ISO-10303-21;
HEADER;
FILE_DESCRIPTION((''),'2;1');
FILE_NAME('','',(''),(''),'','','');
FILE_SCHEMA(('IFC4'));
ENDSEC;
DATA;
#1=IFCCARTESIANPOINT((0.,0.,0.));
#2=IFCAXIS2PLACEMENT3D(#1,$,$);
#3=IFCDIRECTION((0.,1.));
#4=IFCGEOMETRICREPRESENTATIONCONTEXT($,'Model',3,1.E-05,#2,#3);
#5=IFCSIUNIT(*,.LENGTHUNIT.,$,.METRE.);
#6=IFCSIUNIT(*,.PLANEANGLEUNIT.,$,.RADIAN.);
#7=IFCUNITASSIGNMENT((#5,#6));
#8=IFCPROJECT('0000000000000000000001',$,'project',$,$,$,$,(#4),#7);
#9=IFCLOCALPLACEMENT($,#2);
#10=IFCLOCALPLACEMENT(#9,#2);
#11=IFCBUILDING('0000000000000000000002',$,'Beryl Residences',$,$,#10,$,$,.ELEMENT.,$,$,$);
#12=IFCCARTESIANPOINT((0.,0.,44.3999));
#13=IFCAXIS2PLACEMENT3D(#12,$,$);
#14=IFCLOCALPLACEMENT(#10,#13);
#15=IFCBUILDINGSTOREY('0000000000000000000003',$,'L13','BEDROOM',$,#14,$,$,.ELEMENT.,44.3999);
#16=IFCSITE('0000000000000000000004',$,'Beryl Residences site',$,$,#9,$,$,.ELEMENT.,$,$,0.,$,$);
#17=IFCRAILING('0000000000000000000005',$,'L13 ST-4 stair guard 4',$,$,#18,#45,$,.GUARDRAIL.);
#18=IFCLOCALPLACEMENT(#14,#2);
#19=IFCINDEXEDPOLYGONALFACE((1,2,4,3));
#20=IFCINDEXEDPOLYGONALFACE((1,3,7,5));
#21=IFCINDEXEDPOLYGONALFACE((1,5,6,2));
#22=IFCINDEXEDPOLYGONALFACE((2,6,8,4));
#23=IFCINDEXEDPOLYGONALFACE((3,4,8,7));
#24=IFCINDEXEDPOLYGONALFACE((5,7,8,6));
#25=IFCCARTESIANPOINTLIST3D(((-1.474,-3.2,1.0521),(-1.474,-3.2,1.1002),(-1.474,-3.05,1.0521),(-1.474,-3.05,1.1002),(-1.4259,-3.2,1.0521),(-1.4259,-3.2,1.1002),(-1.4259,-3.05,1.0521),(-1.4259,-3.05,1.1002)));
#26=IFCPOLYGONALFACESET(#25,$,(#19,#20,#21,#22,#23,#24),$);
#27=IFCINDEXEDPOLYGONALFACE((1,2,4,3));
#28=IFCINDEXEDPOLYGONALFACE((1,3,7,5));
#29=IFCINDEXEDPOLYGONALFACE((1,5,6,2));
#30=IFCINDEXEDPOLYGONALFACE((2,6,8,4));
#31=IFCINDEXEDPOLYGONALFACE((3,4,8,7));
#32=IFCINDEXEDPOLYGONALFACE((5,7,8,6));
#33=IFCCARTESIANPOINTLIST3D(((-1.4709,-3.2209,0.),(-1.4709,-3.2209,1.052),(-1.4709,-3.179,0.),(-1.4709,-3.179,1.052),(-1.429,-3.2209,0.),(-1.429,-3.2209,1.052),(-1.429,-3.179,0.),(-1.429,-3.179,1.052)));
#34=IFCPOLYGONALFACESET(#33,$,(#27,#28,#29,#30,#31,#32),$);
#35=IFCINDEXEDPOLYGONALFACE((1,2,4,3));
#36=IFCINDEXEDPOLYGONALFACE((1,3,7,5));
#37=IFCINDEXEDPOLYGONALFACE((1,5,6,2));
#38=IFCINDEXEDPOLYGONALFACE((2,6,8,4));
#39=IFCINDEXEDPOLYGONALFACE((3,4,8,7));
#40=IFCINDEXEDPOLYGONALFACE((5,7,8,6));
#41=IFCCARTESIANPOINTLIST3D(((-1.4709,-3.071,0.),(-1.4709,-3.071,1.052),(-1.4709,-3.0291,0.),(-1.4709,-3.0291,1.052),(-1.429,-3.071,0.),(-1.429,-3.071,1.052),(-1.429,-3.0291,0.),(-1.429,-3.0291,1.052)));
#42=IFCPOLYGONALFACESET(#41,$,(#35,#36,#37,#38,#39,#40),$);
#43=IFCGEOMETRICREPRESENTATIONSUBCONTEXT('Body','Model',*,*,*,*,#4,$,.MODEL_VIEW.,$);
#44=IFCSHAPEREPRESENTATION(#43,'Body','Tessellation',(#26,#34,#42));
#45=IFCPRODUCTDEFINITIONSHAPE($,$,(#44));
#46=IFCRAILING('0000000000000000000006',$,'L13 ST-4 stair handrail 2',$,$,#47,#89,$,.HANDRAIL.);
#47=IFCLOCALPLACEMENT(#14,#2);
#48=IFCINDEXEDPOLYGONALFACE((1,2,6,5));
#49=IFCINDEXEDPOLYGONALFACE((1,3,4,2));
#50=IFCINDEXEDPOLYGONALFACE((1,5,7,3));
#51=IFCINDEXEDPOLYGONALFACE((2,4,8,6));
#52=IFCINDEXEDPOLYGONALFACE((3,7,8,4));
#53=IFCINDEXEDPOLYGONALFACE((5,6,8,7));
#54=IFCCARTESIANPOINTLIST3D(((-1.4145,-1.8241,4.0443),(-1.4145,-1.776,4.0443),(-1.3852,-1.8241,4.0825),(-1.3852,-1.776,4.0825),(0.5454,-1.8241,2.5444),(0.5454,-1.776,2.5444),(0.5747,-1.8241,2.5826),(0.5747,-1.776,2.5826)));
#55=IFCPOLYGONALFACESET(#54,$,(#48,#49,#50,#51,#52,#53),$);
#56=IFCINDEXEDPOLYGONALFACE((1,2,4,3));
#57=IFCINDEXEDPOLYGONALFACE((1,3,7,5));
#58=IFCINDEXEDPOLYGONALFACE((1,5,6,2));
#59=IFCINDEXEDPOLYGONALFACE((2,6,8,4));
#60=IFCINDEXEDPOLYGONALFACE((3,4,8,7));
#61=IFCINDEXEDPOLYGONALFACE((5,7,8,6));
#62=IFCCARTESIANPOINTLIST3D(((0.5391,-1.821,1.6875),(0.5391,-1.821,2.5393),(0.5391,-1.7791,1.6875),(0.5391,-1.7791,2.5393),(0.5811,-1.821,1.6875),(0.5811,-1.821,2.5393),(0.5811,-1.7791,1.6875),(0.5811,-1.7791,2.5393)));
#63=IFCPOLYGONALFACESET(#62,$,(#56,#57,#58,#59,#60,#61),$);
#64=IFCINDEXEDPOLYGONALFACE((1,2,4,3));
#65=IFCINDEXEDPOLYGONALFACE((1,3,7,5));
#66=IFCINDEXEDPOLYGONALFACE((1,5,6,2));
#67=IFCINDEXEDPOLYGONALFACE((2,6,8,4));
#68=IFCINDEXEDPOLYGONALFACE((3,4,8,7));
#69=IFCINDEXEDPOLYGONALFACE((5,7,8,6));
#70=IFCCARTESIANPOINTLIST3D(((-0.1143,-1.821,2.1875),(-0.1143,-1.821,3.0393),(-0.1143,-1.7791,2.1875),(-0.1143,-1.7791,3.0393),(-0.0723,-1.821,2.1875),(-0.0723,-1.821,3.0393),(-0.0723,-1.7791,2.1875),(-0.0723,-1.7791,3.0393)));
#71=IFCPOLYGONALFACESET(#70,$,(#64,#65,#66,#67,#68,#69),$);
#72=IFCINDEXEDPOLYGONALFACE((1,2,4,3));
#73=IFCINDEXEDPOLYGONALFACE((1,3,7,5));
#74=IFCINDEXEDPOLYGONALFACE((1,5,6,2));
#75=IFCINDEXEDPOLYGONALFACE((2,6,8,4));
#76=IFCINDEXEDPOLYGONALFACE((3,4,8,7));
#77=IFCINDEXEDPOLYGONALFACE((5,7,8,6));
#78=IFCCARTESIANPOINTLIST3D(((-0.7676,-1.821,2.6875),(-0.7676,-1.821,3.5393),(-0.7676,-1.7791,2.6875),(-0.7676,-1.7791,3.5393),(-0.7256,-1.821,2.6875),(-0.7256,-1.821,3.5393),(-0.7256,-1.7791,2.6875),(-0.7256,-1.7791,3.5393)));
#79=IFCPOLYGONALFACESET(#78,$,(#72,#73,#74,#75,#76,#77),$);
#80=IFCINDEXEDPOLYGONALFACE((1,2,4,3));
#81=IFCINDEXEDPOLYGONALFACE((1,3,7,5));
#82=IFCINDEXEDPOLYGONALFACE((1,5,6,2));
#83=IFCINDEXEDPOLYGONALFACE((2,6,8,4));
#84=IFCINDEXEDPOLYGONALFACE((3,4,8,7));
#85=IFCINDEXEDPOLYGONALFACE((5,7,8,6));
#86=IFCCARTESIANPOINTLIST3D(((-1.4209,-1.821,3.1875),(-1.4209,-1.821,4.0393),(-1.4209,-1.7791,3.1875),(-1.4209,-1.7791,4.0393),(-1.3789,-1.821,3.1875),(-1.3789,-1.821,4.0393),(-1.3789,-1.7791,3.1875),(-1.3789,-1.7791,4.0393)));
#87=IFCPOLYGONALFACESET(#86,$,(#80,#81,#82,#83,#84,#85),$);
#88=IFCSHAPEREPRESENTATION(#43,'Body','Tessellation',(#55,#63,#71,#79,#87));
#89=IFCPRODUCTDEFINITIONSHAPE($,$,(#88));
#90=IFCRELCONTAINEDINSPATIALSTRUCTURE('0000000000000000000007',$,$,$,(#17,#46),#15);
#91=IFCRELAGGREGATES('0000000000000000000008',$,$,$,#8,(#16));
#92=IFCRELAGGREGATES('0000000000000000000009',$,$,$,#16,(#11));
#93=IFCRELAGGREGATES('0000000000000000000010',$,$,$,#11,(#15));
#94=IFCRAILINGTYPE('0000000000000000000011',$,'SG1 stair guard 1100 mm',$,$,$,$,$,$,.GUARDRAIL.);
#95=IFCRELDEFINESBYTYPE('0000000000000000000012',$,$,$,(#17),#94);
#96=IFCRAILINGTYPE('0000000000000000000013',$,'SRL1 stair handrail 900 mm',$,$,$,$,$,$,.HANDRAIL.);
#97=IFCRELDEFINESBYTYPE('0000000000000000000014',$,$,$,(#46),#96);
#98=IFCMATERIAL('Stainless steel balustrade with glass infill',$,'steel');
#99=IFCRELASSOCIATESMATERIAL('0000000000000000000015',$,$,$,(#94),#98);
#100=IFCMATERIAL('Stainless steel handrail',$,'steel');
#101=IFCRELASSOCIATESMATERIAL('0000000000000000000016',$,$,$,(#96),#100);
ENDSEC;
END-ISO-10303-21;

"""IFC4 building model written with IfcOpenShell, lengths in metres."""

from ifc_helpers import new_model, si_unit, direction, frame, origin, origin_2d, place, context, subcontext, project, spatial, rectangle, extrude, material, type_object, element, save


model = new_model("IFC4")

# Units and contexts
model_context = context("Model", 3, precision=1e-05, world=origin(), true_north=direction((0.0, 1.0)))
body_context = subcontext(model_context, "Body", "Model", "MODEL_VIEW")
ifc_project = project(units=[si_unit("LENGTHUNIT", "METRE"), si_unit("PLANEANGLEUNIT", "RADIAN")], contexts=[model_context])

# Site, building, storey
site_placement = place(None, origin())
site = spatial("IfcSite", under=ifc_project, at=site_placement, Name="Beryl Residences site", CompositionType="ELEMENT", RefElevation=0.0)
building_placement = place(site_placement, origin())
building = spatial("IfcBuilding", under=site, at=building_placement, Name="Beryl Residences", CompositionType="ELEMENT")
storey_placement = place(building_placement, frame((0.0, 0.0, 44.3999)))
storey = spatial("IfcBuildingStorey", under=building, at=storey_placement, Name="L13", Description="BEDROOM", CompositionType="ELEMENT", Elevation=44.3999)

# Railings
ifc_material_1 = material(Name="Stainless steel balustrade with glass infill", Category="steel")
railing_type_1 = type_object("IfcRailingType", Name="SG1 stair guard 1100 mm", PredefinedType="GUARDRAIL", material=ifc_material_1)
railing_1_placement = place(storey_placement, frame((-1.45, -3.2, 0.0)))
element("IfcRailing", 1, at=railing_1_placement, inside=storey, type_object=railing_type_1, Name="L13 ST-4 stair guard 4", PredefinedType="GUARDRAIL", context=body_context, shape_type="SweptSolid", body=[
    extrude(rectangle(XDim=0.0481, YDim=0.0481, at=origin_2d()), frame((0.0, 0.0, 1.0762), z_axis=(0.0, 1.0, 0.0), x_axis=(-1.0, 0.0, 0.0)), (0.0, 0.0, 1.0), 0.1499),
    extrude(rectangle(XDim=0.042, YDim=0.042, at=origin_2d()), origin(), (0.0, 0.0, 1.0), 1.052),
    extrude(rectangle(XDim=0.042, YDim=0.042, at=origin_2d()), frame((0.0, 0.1499, 0.0)), (0.0, 0.0, 1.0), 1.052),
])
ifc_material_2 = material(Name="Stainless steel handrail", Category="steel")
railing_type_2 = type_object("IfcRailingType", Name="SRL1 stair handrail 900 mm", PredefinedType="HANDRAIL", material=ifc_material_2)
railing_2_placement = place(storey_placement, frame((0.5601, -1.8, 1.6875)))
element("IfcRailing", 2, at=railing_2_placement, inside=storey, type_object=railing_type_2, Name="L13 ST-4 stair handrail 2", PredefinedType="HANDRAIL", context=body_context, shape_type="SweptSolid", body=[
    extrude(rectangle(XDim=0.0481, YDim=0.0481, at=origin_2d()), frame((0.0, 0.0, 0.876), z_axis=(-0.794122, 0.0, 0.607758), x_axis=(0.0, -1.0, 0.0)), (0.0, 0.0, 1.0), 2.468),
    extrude(rectangle(XDim=0.042, YDim=0.042, at=origin_2d()), origin(), (0.0, 0.0, 1.0), 0.8518),
    extrude(rectangle(XDim=0.042, YDim=0.042, at=origin_2d()), frame((-0.6533, 0.0, 0.5)), (0.0, 0.0, 1.0), 0.8518),
    extrude(rectangle(XDim=0.042, YDim=0.042, at=origin_2d()), frame((-1.3066, 0.0, 1.0)), (0.0, 0.0, 1.0), 0.8518),
    extrude(rectangle(XDim=0.042, YDim=0.042, at=origin_2d()), frame((-1.96, 0.0, 1.5)), (0.0, 0.0, 1.0), 0.8518),
])

save(model, "model.ifc")
